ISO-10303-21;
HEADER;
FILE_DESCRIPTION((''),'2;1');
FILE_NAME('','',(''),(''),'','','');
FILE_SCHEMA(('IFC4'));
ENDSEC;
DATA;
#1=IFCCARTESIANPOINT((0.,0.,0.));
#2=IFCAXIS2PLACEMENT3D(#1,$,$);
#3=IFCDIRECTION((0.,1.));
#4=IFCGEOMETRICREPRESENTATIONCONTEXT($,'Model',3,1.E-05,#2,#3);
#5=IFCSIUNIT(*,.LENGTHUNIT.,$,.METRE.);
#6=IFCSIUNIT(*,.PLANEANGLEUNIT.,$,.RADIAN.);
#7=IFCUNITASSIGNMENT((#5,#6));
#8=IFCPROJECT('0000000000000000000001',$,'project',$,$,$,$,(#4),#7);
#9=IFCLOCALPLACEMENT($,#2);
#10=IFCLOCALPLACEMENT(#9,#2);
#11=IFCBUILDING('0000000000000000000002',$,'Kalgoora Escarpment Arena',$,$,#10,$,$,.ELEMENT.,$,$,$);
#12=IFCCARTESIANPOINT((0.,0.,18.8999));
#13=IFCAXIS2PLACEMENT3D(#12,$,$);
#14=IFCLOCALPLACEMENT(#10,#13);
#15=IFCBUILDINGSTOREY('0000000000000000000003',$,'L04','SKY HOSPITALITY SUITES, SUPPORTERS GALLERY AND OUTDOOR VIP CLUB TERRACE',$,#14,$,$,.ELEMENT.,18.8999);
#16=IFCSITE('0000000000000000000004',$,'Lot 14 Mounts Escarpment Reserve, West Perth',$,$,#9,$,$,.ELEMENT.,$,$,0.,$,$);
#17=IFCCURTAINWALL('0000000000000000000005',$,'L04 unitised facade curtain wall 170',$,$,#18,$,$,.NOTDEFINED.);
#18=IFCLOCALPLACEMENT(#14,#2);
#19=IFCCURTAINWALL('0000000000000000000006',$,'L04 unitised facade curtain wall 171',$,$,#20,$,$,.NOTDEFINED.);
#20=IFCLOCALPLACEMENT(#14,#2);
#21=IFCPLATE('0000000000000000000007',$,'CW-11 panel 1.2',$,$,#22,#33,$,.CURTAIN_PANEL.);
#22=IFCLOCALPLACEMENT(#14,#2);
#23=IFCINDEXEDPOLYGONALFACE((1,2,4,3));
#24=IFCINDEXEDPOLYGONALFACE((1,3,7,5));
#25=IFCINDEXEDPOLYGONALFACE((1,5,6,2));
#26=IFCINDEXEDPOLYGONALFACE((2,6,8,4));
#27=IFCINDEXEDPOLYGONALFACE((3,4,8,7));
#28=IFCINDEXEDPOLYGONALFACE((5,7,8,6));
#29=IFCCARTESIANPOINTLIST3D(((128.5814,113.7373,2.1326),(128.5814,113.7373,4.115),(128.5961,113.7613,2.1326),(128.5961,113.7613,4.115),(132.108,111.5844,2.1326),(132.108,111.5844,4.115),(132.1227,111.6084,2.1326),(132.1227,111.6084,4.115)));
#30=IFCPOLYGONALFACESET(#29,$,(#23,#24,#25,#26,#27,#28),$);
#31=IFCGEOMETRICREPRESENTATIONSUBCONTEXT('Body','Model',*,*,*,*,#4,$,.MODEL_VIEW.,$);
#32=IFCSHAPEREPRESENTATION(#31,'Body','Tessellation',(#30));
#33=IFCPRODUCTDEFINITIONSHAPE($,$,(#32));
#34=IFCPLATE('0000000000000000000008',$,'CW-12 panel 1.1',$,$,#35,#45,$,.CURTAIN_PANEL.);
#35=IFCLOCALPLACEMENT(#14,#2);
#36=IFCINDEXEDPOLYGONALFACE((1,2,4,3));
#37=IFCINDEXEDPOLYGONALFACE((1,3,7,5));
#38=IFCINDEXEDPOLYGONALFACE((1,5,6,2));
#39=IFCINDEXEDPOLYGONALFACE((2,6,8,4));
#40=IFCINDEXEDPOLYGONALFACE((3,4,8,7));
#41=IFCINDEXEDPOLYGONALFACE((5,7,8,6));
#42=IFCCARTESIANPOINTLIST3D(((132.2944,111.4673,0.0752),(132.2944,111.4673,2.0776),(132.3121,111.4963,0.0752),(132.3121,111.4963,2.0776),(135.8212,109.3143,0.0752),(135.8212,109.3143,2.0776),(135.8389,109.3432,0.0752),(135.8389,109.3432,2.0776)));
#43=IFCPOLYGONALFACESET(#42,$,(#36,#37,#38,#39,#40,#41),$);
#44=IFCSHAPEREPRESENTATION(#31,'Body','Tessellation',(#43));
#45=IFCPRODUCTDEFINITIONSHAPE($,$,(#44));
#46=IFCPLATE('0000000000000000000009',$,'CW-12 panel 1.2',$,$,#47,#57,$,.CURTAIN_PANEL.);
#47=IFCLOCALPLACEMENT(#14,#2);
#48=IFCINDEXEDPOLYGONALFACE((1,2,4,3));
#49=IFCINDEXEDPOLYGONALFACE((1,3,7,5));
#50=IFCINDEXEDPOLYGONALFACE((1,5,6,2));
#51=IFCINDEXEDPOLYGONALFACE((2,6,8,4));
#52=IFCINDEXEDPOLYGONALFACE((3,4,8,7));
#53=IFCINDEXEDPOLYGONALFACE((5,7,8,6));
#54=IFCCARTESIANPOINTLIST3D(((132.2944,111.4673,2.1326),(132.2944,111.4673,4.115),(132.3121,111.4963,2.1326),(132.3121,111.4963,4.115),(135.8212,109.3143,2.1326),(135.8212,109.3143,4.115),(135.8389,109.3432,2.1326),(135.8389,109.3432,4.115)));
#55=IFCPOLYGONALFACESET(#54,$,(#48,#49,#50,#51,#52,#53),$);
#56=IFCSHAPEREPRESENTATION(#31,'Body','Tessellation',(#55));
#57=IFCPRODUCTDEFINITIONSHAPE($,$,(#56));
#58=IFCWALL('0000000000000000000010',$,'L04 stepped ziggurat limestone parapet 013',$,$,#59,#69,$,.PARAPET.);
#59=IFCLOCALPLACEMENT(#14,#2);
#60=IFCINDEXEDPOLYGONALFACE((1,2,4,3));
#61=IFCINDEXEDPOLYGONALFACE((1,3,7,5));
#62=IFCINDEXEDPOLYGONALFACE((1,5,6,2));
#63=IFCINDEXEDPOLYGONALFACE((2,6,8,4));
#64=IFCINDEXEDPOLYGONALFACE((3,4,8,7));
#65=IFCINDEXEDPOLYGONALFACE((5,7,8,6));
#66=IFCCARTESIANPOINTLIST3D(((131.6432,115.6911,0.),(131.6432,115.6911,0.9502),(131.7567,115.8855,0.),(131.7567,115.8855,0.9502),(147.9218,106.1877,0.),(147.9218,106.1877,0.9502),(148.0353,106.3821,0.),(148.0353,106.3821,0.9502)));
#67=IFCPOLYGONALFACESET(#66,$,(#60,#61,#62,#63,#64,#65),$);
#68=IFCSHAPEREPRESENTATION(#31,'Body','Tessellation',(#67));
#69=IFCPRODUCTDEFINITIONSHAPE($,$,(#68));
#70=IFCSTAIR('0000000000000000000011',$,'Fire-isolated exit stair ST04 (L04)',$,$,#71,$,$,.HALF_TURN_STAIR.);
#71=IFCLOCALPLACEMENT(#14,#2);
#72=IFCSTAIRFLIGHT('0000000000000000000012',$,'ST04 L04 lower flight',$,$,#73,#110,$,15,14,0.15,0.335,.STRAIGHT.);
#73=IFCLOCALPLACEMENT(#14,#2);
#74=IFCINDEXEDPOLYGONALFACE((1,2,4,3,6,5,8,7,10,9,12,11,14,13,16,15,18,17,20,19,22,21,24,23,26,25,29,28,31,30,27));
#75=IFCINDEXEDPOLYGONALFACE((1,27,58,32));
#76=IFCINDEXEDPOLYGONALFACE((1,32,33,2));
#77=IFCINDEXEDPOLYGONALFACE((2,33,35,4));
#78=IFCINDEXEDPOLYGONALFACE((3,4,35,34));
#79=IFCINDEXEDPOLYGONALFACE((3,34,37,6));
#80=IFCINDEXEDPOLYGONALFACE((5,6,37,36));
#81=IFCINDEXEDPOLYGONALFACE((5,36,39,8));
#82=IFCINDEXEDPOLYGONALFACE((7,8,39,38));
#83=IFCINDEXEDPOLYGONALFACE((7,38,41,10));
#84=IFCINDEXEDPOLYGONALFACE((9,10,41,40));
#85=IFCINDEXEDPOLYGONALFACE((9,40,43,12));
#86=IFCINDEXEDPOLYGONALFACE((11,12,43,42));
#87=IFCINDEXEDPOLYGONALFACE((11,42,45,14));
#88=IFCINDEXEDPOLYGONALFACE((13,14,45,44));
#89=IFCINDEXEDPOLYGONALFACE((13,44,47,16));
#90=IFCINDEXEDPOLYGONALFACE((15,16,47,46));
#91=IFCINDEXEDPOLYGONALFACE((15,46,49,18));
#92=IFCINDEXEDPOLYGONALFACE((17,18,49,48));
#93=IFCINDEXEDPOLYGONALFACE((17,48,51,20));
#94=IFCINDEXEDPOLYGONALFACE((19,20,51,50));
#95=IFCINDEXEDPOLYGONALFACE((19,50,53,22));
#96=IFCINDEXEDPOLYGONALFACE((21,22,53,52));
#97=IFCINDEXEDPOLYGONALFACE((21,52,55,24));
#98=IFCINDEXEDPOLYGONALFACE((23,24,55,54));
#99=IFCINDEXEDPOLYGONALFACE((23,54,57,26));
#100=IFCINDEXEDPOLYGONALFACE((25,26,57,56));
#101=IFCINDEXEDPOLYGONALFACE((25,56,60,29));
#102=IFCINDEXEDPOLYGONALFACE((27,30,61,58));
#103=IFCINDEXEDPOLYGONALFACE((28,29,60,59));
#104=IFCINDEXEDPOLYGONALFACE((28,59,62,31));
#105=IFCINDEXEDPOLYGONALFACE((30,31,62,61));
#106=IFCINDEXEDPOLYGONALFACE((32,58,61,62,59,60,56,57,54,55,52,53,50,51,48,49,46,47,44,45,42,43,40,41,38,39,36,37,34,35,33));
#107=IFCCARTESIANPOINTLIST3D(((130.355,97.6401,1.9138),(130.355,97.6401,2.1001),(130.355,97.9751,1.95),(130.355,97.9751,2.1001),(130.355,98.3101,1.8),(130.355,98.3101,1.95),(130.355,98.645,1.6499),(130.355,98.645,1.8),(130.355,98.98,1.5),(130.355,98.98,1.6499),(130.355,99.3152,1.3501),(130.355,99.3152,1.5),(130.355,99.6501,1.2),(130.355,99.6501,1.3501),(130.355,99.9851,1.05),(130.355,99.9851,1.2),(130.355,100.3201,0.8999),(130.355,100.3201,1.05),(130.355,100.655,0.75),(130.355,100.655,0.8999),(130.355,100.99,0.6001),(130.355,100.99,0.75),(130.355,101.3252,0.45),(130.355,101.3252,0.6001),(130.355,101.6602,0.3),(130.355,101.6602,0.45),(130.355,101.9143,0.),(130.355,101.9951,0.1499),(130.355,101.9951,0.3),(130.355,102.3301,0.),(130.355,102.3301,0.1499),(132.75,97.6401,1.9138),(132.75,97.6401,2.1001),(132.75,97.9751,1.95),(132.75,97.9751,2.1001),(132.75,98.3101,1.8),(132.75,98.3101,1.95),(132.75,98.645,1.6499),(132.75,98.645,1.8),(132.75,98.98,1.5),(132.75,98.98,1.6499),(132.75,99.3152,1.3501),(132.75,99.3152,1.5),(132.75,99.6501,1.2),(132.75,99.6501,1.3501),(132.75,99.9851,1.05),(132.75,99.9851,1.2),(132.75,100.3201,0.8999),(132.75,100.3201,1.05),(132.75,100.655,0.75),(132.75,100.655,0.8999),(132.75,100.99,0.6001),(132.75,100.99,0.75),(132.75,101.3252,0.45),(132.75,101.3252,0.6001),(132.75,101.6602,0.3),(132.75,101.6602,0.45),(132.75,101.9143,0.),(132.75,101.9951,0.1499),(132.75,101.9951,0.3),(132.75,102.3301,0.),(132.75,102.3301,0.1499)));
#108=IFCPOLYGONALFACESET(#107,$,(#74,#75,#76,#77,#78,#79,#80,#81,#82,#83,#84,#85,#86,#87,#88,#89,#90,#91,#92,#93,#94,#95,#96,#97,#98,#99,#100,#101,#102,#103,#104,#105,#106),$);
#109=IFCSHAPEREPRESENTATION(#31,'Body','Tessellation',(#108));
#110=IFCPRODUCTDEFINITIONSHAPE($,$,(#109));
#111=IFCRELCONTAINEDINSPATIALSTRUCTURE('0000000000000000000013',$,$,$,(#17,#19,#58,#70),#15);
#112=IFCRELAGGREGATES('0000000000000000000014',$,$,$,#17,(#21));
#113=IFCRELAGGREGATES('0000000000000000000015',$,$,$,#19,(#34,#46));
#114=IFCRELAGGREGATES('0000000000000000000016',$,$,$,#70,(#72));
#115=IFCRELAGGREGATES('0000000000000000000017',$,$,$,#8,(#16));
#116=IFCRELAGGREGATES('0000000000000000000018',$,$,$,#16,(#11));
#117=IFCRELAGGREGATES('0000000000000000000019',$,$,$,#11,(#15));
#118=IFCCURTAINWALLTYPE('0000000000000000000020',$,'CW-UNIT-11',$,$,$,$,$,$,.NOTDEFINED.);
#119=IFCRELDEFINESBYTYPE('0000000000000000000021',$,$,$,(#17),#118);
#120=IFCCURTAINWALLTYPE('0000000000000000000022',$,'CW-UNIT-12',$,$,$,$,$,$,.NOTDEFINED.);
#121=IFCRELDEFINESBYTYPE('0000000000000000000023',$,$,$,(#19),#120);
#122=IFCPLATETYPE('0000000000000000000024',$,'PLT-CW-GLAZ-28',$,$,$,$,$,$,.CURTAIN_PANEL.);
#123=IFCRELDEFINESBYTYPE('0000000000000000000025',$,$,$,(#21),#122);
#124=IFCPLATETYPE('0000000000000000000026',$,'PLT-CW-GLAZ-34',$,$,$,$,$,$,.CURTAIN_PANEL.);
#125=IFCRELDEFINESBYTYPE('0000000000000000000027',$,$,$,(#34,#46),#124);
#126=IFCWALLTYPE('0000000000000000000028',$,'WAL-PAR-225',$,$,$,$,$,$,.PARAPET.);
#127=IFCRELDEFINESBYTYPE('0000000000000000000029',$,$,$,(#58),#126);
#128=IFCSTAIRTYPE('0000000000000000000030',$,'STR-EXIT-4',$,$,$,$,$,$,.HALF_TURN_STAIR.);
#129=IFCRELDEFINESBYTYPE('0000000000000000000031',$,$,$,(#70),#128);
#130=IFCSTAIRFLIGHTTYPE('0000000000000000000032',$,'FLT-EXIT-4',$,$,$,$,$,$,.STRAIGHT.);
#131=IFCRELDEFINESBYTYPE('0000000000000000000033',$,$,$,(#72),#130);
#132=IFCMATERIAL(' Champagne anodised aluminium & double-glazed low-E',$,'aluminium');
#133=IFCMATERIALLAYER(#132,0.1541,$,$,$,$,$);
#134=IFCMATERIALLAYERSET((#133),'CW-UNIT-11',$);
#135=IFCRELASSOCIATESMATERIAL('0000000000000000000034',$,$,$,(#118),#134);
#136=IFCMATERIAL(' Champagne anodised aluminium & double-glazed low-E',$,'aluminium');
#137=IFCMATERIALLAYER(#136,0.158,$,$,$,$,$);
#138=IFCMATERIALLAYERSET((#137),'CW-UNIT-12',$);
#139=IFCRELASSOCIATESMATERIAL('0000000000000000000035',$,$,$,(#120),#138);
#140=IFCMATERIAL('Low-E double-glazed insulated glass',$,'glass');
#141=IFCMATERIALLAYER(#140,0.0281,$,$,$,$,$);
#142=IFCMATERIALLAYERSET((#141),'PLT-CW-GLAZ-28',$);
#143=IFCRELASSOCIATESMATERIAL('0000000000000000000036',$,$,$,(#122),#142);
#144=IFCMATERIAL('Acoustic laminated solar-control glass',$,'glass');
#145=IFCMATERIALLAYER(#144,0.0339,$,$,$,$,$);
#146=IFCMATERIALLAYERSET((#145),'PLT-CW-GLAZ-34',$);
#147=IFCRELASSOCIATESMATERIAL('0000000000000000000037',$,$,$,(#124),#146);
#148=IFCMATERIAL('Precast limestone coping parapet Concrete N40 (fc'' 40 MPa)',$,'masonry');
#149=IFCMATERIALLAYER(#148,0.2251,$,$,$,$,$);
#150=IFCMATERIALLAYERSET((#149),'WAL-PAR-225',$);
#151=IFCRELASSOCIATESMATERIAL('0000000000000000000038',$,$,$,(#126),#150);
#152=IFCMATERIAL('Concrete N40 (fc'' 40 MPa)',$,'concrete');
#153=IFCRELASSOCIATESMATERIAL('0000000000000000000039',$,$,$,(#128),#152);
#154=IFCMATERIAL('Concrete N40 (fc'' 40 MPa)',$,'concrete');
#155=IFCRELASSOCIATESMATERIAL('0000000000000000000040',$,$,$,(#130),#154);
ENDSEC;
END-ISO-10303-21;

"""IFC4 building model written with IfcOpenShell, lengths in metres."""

from ifc_helpers import new_model, si_unit, direction, frame, frame_2d, origin, origin_2d, place, context, subcontext, project, spatial, polyline, rectangle, outline, extrude, material, layer, layer_set, type_object, element, aggregate, save


model = new_model("IFC4")

# Units and contexts
model_context = context("Model", 3, precision=1e-05, world=origin(), true_north=direction((0.0, 1.0)))
body_context = subcontext(model_context, "Body", "Model", "MODEL_VIEW")
ifc_project = project(units=[si_unit("LENGTHUNIT", "METRE"), si_unit("PLANEANGLEUNIT", "RADIAN")], contexts=[model_context])

# Site, building, storey
site_placement = place(None, origin())
site = spatial("IfcSite", under=ifc_project, at=site_placement, Name="Lot 14 Mounts Escarpment Reserve, West Perth", CompositionType="ELEMENT", RefElevation=0.0)
building_placement = place(site_placement, origin())
building = spatial("IfcBuilding", under=site, at=building_placement, Name="Kalgoora Escarpment Arena", CompositionType="ELEMENT")
storey_placement = place(building_placement, frame((0.0, 0.0, 18.8999)))
storey = spatial("IfcBuildingStorey", under=building, at=storey_placement, Name="L04", Description="SKY HOSPITALITY SUITES, SUPPORTERS GALLERY AND OUTDOOR VIP CLUB TERRACE", CompositionType="ELEMENT", Elevation=18.8999)

# Curtain wall
ifc_material_1 = material(Name=" Champagne anodised aluminium & double-glazed low-E", Category="aluminium")
ifc_layer_1 = layer(ifc_material_1, 0.1541)
ifc_layer_set_1 = layer_set([ifc_layer_1], Name="CW-UNIT-11")
curtain_wall_type_1 = type_object("IfcCurtainWallType", Name="CW-UNIT-11", PredefinedType="NOTDEFINED", material=ifc_layer_set_1)
curtain_wall_1_placement = place(storey_placement, origin())
curtain_wall_1 = element("IfcCurtainWall", 1, at=curtain_wall_1_placement, inside=storey, type_object=curtain_wall_type_1, Name="L04 unitised facade curtain wall 170", PredefinedType="NOTDEFINED")

# Curtain wall
ifc_material_2 = material(Name=" Champagne anodised aluminium & double-glazed low-E", Category="aluminium")
ifc_layer_2 = layer(ifc_material_2, 0.158)
ifc_layer_set_2 = layer_set([ifc_layer_2], Name="CW-UNIT-12")
curtain_wall_type_2 = type_object("IfcCurtainWallType", Name="CW-UNIT-12", PredefinedType="NOTDEFINED", material=ifc_layer_set_2)
curtain_wall_2_placement = place(storey_placement, origin())
curtain_wall_2 = element("IfcCurtainWall", 2, at=curtain_wall_2_placement, inside=storey, type_object=curtain_wall_type_2, Name="L04 unitised facade curtain wall 171", PredefinedType="NOTDEFINED")

# Plates
ifc_material_3 = material(Name="Low-E double-glazed insulated glass", Category="glass")
ifc_layer_3 = layer(ifc_material_3, 0.0281)
ifc_layer_set_3 = layer_set([ifc_layer_3], Name="PLT-CW-GLAZ-28")
plate_type_1 = type_object("IfcPlateType", Name="PLT-CW-GLAZ-28", PredefinedType="CURTAIN_PANEL", material=ifc_layer_set_3)
plate_1_placement = place(storey_placement, frame((130.3521, 112.6729, 2.1326), z_axis=(0.0, 0.0, 1.0), x_axis=(0.853521, -0.521059, 0.0)))
plate_1 = element("IfcPlate", 3, at=plate_1_placement, type_object=plate_type_1, Name="CW-11 panel 1.2", PredefinedType="CURTAIN_PANEL", context=body_context, shape_type="SweptSolid", body=[
    extrude(rectangle(XDim=4.1318, YDim=0.0281, at=origin_2d()), origin(), (0.0, 0.0, 1.0), 1.9824),
])
aggregate(curtain_wall_1, [plate_1])
ifc_material_4 = material(Name="Acoustic laminated solar-control glass", Category="glass")
ifc_layer_4 = layer(ifc_material_4, 0.0339)
ifc_layer_set_4 = layer_set([ifc_layer_4], Name="PLT-CW-GLAZ-34")
plate_type_2 = type_object("IfcPlateType", Name="PLT-CW-GLAZ-34", PredefinedType="CURTAIN_PANEL", material=ifc_layer_set_4)
plate_2_placement = place(storey_placement, frame((134.0667, 110.4053, 0.0752), z_axis=(0.0, 0.0, 1.0), x_axis=(0.853527, -0.521049, 0.0)))
plate_2 = element("IfcPlate", 4, at=plate_2_placement, type_object=plate_type_2, Name="CW-12 panel 1.1", PredefinedType="CURTAIN_PANEL", context=body_context, shape_type="SweptSolid", body=[
    extrude(rectangle(XDim=4.1321, YDim=0.0339, at=origin_2d()), origin(), (0.0, 0.0, 1.0), 2.0024),
])
plate_3_placement = place(storey_placement, frame((134.0667, 110.4053, 2.1326), z_axis=(0.0, 0.0, 1.0), x_axis=(0.853527, -0.521049, 0.0)))
plate_3 = element("IfcPlate", 5, at=plate_3_placement, type_object=plate_type_2, Name="CW-12 panel 1.2", PredefinedType="CURTAIN_PANEL", context=body_context, shape_type="SweptSolid", body=[
    extrude(rectangle(XDim=4.1321, YDim=0.0339, at=origin_2d()), origin(), (0.0, 0.0, 1.0), 1.9824),
])
aggregate(curtain_wall_2, [plate_2, plate_3])

# Wall
ifc_material_5 = material(Name="Precast limestone coping parapet Concrete N40 (fc' 40 MPa)", Category="masonry")
ifc_layer_5 = layer(ifc_material_5, 0.2251)
ifc_layer_set_5 = layer_set([ifc_layer_5], Name="WAL-PAR-225")
wall_type = type_object("IfcWallType", Name="WAL-PAR-225", PredefinedType="PARAPET", material=ifc_layer_set_5)
wall_placement = place(storey_placement, frame((131.7, 115.7883, 0.0), z_axis=(0.0, 0.0, 1.0), x_axis=(0.863604, -0.504171, 0.0)))
element("IfcWall", 6, at=wall_placement, inside=storey, type_object=wall_type, Name="L04 stepped ziggurat limestone parapet 013", PredefinedType="PARAPET", context=body_context, shape_type="SweptSolid", body=[
    extrude(rectangle(XDim=18.8496, YDim=0.2251, at=frame_2d((9.4248, 0.0))), origin(), (0.0, 0.0, 1.0), 0.9502),
])

# Stair, stair flight
ifc_material_6 = material(Name="Concrete N40 (fc' 40 MPa)", Category="concrete")
stair_type = type_object("IfcStairType", Name="STR-EXIT-4", PredefinedType="HALF_TURN_STAIR", material=ifc_material_6)
stair_placement = place(storey_placement, origin())
stair = element("IfcStair", 7, at=stair_placement, inside=storey, type_object=stair_type, Name="Fire-isolated exit stair ST04 (L04)", PredefinedType="HALF_TURN_STAIR")
ifc_material_7 = material(Name="Concrete N40 (fc' 40 MPa)", Category="concrete")
stair_flight_type = type_object("IfcStairFlightType", Name="FLT-EXIT-4", PredefinedType="STRAIGHT", material=ifc_material_7)
stair_flight_placement = place(storey_placement, frame((131.5525, 102.3301, 0.0), z_axis=(0.0, 0.0, 1.0), x_axis=(0.0, -1.0, 0.0)))
stair_flight = element("IfcStairFlight", 8, at=stair_flight_placement, type_object=stair_flight_type, Name="ST04 L04 lower flight", NumberOfRisers=15, NumberOfTreads=14, PredefinedType="STRAIGHT", RiserHeight=0.15, TreadLength=0.335, context=body_context, shape_type="SweptSolid", body=[
    extrude(outline(polyline([(0.0, 0.0), (0.0, 0.1499), (0.335, 0.1499), (0.335, 0.3), (0.6699, 0.3), (0.6699, 0.45), (1.0049, 0.45), (1.0049, 0.6001), (1.3401, 0.6001), (1.3401, 0.75), (1.675, 0.75), (1.675, 0.8999), (2.01, 0.8999), (2.01, 1.05), (2.345, 1.05), (2.345, 1.2), (2.6799, 1.2), (2.6799, 1.3501), (3.0149, 1.3501), (3.0149, 1.5), (3.3501, 1.5), (3.3501, 1.6499), (3.6851, 1.6499), (3.6851, 1.8), (4.02, 1.8), (4.02, 1.95), (4.355, 1.95), (4.355, 2.1001), (4.6899, 2.1001), (4.6899, 2.25), (4.6899, 1.9138), (0.4158, 0.0), (0.0, 0.0)])), frame((0.0, 1.1975, 0.0), z_axis=(0.0, -1.0, 0.0), x_axis=(1.0, 0.0, 0.0)), (0.0, 0.0, 1.0), 2.395),
])
aggregate(stair, [stair_flight])

save(model, "model.ifc")
